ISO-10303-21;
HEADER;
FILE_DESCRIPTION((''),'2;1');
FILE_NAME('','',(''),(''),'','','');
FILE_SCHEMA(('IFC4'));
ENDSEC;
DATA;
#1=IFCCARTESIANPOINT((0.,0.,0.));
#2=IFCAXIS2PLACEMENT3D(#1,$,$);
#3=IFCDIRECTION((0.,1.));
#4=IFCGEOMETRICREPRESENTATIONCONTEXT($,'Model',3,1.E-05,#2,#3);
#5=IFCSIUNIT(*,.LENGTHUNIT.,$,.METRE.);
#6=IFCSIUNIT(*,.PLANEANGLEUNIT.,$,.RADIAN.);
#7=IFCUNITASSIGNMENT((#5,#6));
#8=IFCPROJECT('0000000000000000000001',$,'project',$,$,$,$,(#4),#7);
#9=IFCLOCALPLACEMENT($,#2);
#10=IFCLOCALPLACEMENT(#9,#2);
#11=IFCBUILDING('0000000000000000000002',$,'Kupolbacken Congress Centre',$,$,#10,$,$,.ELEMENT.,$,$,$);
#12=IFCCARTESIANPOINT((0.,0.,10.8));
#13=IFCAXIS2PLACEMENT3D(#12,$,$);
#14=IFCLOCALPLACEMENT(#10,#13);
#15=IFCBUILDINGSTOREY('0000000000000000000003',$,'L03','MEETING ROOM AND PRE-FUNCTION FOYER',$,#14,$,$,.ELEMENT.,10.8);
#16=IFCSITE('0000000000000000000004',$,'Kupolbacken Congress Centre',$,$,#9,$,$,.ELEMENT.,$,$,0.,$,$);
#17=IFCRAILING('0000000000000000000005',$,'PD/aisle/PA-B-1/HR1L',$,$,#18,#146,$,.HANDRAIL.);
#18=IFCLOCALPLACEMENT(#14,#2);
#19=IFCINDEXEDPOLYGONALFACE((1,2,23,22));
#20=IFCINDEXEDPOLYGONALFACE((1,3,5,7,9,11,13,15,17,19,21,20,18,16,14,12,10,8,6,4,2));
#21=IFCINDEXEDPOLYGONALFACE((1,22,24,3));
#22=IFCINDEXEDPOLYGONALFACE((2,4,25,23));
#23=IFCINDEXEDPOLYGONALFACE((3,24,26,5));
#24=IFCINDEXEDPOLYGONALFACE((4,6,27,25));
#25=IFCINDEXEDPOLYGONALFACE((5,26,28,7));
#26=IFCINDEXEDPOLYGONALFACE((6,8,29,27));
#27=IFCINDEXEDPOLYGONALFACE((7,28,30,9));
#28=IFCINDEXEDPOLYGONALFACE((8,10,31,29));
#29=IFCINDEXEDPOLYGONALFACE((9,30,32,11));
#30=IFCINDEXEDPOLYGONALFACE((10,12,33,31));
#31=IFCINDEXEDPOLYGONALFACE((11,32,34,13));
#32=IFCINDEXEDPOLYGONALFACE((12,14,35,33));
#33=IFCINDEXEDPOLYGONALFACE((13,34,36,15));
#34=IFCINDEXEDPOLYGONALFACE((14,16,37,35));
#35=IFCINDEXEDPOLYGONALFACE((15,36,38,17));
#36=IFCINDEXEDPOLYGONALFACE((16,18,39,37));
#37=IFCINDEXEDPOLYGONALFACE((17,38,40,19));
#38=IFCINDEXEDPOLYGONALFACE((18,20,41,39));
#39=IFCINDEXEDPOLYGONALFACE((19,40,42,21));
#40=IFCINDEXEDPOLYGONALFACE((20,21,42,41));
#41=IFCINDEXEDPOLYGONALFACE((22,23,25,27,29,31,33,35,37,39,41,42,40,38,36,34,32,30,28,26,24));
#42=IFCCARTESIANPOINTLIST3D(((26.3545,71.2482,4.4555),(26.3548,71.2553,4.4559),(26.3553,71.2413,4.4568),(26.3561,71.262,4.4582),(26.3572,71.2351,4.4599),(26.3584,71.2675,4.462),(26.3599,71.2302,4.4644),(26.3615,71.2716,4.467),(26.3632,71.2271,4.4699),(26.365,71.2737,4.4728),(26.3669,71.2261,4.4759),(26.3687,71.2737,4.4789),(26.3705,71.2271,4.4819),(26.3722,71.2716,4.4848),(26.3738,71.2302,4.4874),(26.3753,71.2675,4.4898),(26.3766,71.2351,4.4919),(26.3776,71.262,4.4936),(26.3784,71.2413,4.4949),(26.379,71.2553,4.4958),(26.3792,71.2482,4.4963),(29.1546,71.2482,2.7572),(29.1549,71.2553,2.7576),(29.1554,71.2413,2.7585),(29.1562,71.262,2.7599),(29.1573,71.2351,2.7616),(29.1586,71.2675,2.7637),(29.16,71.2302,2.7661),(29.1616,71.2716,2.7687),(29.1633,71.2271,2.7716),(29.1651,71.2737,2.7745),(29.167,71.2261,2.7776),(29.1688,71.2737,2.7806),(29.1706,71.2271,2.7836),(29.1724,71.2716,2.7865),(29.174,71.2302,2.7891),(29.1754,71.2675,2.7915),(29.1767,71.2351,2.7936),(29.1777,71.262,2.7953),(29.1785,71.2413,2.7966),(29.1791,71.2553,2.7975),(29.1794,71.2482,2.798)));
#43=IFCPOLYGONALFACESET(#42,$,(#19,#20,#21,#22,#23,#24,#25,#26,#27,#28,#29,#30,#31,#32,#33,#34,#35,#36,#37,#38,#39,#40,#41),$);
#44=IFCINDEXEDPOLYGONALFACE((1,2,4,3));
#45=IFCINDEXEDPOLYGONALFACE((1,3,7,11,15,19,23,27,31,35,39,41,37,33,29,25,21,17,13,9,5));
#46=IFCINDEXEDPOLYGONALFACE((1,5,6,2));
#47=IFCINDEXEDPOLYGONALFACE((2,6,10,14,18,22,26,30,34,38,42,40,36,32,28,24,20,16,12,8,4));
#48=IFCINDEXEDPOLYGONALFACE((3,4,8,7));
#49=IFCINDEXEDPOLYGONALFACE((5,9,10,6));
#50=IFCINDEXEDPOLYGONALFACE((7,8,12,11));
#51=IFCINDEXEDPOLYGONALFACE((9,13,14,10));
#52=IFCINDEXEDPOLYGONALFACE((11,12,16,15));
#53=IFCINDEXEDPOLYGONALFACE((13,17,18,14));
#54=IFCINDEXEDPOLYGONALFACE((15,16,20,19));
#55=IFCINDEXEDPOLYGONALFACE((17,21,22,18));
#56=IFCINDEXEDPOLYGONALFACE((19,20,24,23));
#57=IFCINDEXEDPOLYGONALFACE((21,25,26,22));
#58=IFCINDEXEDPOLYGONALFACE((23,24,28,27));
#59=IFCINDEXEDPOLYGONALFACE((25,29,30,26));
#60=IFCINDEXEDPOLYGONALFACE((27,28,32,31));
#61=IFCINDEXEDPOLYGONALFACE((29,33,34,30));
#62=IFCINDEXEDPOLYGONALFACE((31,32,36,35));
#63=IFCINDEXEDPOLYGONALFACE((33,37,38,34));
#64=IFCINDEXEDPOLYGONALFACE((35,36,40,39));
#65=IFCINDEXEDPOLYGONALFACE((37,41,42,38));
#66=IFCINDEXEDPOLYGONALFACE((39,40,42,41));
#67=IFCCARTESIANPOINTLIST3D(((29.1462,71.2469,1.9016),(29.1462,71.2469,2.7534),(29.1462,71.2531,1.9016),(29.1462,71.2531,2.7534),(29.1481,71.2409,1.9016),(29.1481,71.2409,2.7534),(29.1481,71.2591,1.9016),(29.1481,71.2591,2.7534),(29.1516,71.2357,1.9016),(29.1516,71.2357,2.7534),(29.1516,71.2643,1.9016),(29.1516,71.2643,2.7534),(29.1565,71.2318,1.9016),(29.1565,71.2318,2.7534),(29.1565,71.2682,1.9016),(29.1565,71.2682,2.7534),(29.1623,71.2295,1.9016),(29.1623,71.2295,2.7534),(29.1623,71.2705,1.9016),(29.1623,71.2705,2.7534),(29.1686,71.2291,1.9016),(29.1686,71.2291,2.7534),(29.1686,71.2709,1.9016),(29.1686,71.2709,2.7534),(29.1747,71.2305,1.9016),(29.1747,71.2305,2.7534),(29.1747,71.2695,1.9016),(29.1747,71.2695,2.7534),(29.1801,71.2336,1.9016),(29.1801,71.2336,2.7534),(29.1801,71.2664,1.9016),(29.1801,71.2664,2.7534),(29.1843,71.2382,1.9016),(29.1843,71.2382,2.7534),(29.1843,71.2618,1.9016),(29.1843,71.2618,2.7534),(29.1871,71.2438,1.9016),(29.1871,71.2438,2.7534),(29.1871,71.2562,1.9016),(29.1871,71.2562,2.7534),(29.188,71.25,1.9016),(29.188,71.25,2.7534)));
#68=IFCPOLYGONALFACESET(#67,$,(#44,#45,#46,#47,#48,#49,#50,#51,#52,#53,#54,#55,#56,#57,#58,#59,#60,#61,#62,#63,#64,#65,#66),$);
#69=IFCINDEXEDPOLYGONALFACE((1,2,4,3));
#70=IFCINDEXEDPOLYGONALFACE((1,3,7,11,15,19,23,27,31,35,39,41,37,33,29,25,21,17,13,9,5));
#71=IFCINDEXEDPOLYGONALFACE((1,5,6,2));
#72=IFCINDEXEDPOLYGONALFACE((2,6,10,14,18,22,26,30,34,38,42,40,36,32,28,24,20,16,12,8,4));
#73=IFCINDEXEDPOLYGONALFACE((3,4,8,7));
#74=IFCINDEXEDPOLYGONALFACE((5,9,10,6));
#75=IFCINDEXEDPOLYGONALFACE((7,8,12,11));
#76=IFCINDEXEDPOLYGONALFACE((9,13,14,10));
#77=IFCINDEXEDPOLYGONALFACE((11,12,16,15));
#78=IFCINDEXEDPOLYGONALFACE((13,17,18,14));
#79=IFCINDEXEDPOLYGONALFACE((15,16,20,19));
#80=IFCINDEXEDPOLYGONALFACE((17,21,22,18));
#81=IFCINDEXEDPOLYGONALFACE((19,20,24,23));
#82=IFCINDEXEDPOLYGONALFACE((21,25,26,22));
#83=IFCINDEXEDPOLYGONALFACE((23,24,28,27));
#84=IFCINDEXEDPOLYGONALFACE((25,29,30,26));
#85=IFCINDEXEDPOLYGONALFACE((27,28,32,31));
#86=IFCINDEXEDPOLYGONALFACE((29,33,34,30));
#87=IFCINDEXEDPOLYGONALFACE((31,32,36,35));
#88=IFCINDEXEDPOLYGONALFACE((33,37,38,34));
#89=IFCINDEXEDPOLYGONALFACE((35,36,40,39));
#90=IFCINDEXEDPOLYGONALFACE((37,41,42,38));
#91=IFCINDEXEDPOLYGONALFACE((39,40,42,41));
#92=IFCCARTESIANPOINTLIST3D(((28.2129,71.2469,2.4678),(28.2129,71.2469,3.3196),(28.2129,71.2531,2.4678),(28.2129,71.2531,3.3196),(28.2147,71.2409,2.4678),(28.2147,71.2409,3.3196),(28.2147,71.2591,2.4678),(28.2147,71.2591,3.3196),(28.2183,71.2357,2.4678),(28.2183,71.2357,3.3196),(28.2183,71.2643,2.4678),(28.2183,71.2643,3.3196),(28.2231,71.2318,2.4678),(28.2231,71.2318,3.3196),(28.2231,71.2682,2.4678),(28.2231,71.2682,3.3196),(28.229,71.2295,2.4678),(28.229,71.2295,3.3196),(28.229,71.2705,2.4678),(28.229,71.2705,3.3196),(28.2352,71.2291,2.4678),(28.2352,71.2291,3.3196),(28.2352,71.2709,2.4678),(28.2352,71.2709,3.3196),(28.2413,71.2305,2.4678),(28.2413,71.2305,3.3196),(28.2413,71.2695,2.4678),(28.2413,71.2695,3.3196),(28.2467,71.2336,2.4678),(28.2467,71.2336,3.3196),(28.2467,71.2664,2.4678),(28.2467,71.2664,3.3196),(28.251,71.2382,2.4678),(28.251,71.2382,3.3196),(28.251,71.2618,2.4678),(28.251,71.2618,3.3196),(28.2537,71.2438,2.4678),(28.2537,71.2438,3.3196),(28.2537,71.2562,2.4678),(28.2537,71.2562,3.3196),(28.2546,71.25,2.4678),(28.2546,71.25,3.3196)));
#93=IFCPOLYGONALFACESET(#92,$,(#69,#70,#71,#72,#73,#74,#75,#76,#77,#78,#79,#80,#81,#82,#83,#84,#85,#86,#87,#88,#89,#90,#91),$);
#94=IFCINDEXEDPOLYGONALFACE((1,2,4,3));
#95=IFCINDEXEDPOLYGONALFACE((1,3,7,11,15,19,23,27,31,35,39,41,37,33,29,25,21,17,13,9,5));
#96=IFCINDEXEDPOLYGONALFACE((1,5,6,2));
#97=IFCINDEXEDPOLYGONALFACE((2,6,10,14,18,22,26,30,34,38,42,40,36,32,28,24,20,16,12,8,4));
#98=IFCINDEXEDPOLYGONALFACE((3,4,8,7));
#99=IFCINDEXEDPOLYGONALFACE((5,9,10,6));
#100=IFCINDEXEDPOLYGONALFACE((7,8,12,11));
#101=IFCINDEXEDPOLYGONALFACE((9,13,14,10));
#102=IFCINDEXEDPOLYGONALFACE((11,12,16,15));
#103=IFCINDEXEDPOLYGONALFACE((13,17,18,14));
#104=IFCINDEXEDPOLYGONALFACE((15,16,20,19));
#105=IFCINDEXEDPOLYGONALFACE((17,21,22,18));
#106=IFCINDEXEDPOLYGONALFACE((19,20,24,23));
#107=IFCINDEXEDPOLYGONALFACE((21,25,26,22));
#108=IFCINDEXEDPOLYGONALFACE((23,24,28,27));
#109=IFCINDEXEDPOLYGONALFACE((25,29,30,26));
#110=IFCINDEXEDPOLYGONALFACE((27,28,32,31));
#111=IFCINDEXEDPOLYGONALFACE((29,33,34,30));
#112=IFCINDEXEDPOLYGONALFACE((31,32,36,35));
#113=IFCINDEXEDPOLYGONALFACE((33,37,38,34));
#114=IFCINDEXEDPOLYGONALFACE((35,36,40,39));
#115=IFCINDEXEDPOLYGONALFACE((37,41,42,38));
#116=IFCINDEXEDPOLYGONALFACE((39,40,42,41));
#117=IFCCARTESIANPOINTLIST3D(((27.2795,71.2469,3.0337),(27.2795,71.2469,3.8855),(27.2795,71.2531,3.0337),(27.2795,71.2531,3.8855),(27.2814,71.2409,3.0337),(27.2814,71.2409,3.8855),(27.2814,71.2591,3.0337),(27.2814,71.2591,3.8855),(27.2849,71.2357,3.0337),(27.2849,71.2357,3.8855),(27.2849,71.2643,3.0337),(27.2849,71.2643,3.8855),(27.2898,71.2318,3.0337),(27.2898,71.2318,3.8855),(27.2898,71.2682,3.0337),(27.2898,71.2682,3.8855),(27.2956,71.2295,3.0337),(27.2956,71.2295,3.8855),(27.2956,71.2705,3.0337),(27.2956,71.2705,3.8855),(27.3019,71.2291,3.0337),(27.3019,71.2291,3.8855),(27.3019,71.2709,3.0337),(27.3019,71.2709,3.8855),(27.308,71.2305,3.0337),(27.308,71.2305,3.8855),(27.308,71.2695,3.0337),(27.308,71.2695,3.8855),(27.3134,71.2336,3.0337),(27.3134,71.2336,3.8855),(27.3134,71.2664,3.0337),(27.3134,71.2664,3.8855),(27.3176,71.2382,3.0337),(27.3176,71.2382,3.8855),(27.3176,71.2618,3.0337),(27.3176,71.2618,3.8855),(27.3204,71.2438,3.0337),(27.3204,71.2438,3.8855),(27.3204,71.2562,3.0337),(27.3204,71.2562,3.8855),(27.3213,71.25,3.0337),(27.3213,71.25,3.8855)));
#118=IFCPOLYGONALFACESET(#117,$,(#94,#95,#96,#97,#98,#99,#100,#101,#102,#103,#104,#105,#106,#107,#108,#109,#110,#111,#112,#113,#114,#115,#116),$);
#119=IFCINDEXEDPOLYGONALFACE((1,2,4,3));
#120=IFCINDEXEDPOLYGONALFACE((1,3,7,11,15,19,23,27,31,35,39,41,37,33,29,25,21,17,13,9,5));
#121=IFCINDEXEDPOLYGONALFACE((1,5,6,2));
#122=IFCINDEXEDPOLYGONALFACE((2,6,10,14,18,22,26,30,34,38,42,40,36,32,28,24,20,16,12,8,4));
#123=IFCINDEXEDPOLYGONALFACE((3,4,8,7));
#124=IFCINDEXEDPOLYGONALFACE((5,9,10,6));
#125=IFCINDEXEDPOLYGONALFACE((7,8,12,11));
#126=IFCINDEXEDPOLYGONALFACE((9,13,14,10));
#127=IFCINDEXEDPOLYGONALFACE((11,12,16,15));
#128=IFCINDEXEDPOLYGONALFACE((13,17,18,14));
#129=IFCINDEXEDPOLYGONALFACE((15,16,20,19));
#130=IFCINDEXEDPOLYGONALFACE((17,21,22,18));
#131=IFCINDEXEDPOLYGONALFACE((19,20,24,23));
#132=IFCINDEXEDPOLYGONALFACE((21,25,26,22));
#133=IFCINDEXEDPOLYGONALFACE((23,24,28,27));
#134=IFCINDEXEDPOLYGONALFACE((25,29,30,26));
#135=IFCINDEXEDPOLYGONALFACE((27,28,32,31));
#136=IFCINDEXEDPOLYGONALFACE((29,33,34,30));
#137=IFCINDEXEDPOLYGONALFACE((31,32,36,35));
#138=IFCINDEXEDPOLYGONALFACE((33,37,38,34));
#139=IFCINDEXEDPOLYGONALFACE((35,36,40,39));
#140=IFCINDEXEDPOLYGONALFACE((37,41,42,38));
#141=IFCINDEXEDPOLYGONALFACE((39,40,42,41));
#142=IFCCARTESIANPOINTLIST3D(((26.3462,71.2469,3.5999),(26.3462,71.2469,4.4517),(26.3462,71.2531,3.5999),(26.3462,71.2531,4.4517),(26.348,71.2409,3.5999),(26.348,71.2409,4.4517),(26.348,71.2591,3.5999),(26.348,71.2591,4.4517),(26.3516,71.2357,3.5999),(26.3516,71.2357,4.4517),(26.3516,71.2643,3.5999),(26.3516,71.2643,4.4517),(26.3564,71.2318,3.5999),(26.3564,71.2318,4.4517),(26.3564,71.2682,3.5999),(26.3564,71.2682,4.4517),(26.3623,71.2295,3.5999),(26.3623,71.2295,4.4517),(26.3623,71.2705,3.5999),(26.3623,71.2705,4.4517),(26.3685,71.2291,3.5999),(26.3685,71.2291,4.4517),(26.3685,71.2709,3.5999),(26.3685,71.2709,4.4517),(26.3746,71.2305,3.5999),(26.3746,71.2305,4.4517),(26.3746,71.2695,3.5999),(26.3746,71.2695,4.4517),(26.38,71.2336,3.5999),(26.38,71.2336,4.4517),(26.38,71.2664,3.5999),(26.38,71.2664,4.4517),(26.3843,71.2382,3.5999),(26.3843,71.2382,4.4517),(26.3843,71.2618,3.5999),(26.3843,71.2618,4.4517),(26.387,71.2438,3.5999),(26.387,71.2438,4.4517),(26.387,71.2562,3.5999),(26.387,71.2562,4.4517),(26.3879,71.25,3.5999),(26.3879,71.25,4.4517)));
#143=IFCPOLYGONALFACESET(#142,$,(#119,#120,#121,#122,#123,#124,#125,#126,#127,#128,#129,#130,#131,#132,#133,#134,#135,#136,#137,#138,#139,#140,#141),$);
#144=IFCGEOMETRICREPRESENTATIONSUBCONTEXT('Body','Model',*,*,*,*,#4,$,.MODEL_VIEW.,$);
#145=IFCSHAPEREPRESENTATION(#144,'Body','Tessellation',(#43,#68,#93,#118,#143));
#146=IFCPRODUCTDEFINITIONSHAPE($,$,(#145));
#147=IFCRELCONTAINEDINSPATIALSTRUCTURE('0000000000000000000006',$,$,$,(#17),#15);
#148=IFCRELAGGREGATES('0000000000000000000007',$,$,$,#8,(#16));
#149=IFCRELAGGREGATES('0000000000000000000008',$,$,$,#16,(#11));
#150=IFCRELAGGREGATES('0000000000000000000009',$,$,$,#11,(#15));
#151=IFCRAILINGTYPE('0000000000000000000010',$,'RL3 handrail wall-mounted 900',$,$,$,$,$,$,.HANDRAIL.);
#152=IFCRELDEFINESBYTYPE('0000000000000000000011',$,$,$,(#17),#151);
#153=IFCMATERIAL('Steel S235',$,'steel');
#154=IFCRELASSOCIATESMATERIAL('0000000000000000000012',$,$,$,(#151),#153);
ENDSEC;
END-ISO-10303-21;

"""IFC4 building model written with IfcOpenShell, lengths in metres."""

from ifc_helpers import new_model, si_unit, direction, frame, origin, origin_2d, place, context, subcontext, project, spatial, circle, extrude, material, type_object, element, save


model = new_model("IFC4")

# Units and contexts
model_context = context("Model", 3, precision=1e-05, world=origin(), true_north=direction((0.0, 1.0)))
body_context = subcontext(model_context, "Body", "Model", "MODEL_VIEW")
ifc_project = project(units=[si_unit("LENGTHUNIT", "METRE"), si_unit("PLANEANGLEUNIT", "RADIAN")], contexts=[model_context])

# Site, building, storey
site_placement = place(None, origin())
site = spatial("IfcSite", under=ifc_project, at=site_placement, Name="Kupolbacken Congress Centre", CompositionType="ELEMENT", RefElevation=0.0)
building_placement = place(site_placement, origin())
building = spatial("IfcBuilding", under=site, at=building_placement, Name="Kupolbacken Congress Centre", CompositionType="ELEMENT")
storey_placement = place(building_placement, frame((0.0, 0.0, 10.8)))
storey = spatial("IfcBuildingStorey", under=building, at=storey_placement, Name="L03", Description="MEETING ROOM AND PRE-FUNCTION FOYER", CompositionType="ELEMENT", Elevation=10.8)

# Railing
ifc_material_1 = material(Name="Steel S235", Category="steel")
railing_type_1 = type_object("IfcRailingType", Name="RL3 handrail wall-mounted 900", PredefinedType="HANDRAIL", material=ifc_material_1)
for number, where, name in (
    (1, (29.167, 71.25, 1.9016), "PD/aisle/PA-B-1/HR1L"),
):
    element("IfcRailing", number, at=place(storey_placement, frame(where)), inside=storey, type_object=railing_type_1, Name=name, PredefinedType="HANDRAIL", context=body_context, shape_type="SweptSolid", body=[
        extrude(circle(Radius=0.0239, at=origin_2d()), frame((0.0, 0.0, 0.876), z_axis=(-0.85503, 0.0, 0.518579), x_axis=(0.0, -1.0, 0.0)), (0.0, 0.0, 1.0), 3.2749),
        extrude(circle(Radius=0.021, at=origin_2d()), origin(), (0.0, 0.0, 1.0), 0.8518),
        extrude(circle(Radius=0.021, at=origin_2d()), frame((-0.9333, 0.0, 0.5662)), (0.0, 0.0, 1.0), 0.8518),
        extrude(circle(Radius=0.021, at=origin_2d()), frame((-1.8667, 0.0, 1.1321)), (0.0, 0.0, 1.0), 0.8518),
        extrude(circle(Radius=0.021, at=origin_2d()), frame((-2.8, 0.0, 1.6982)), (0.0, 0.0, 1.0), 0.8518),
    ])

save(model, "model.ifc")
